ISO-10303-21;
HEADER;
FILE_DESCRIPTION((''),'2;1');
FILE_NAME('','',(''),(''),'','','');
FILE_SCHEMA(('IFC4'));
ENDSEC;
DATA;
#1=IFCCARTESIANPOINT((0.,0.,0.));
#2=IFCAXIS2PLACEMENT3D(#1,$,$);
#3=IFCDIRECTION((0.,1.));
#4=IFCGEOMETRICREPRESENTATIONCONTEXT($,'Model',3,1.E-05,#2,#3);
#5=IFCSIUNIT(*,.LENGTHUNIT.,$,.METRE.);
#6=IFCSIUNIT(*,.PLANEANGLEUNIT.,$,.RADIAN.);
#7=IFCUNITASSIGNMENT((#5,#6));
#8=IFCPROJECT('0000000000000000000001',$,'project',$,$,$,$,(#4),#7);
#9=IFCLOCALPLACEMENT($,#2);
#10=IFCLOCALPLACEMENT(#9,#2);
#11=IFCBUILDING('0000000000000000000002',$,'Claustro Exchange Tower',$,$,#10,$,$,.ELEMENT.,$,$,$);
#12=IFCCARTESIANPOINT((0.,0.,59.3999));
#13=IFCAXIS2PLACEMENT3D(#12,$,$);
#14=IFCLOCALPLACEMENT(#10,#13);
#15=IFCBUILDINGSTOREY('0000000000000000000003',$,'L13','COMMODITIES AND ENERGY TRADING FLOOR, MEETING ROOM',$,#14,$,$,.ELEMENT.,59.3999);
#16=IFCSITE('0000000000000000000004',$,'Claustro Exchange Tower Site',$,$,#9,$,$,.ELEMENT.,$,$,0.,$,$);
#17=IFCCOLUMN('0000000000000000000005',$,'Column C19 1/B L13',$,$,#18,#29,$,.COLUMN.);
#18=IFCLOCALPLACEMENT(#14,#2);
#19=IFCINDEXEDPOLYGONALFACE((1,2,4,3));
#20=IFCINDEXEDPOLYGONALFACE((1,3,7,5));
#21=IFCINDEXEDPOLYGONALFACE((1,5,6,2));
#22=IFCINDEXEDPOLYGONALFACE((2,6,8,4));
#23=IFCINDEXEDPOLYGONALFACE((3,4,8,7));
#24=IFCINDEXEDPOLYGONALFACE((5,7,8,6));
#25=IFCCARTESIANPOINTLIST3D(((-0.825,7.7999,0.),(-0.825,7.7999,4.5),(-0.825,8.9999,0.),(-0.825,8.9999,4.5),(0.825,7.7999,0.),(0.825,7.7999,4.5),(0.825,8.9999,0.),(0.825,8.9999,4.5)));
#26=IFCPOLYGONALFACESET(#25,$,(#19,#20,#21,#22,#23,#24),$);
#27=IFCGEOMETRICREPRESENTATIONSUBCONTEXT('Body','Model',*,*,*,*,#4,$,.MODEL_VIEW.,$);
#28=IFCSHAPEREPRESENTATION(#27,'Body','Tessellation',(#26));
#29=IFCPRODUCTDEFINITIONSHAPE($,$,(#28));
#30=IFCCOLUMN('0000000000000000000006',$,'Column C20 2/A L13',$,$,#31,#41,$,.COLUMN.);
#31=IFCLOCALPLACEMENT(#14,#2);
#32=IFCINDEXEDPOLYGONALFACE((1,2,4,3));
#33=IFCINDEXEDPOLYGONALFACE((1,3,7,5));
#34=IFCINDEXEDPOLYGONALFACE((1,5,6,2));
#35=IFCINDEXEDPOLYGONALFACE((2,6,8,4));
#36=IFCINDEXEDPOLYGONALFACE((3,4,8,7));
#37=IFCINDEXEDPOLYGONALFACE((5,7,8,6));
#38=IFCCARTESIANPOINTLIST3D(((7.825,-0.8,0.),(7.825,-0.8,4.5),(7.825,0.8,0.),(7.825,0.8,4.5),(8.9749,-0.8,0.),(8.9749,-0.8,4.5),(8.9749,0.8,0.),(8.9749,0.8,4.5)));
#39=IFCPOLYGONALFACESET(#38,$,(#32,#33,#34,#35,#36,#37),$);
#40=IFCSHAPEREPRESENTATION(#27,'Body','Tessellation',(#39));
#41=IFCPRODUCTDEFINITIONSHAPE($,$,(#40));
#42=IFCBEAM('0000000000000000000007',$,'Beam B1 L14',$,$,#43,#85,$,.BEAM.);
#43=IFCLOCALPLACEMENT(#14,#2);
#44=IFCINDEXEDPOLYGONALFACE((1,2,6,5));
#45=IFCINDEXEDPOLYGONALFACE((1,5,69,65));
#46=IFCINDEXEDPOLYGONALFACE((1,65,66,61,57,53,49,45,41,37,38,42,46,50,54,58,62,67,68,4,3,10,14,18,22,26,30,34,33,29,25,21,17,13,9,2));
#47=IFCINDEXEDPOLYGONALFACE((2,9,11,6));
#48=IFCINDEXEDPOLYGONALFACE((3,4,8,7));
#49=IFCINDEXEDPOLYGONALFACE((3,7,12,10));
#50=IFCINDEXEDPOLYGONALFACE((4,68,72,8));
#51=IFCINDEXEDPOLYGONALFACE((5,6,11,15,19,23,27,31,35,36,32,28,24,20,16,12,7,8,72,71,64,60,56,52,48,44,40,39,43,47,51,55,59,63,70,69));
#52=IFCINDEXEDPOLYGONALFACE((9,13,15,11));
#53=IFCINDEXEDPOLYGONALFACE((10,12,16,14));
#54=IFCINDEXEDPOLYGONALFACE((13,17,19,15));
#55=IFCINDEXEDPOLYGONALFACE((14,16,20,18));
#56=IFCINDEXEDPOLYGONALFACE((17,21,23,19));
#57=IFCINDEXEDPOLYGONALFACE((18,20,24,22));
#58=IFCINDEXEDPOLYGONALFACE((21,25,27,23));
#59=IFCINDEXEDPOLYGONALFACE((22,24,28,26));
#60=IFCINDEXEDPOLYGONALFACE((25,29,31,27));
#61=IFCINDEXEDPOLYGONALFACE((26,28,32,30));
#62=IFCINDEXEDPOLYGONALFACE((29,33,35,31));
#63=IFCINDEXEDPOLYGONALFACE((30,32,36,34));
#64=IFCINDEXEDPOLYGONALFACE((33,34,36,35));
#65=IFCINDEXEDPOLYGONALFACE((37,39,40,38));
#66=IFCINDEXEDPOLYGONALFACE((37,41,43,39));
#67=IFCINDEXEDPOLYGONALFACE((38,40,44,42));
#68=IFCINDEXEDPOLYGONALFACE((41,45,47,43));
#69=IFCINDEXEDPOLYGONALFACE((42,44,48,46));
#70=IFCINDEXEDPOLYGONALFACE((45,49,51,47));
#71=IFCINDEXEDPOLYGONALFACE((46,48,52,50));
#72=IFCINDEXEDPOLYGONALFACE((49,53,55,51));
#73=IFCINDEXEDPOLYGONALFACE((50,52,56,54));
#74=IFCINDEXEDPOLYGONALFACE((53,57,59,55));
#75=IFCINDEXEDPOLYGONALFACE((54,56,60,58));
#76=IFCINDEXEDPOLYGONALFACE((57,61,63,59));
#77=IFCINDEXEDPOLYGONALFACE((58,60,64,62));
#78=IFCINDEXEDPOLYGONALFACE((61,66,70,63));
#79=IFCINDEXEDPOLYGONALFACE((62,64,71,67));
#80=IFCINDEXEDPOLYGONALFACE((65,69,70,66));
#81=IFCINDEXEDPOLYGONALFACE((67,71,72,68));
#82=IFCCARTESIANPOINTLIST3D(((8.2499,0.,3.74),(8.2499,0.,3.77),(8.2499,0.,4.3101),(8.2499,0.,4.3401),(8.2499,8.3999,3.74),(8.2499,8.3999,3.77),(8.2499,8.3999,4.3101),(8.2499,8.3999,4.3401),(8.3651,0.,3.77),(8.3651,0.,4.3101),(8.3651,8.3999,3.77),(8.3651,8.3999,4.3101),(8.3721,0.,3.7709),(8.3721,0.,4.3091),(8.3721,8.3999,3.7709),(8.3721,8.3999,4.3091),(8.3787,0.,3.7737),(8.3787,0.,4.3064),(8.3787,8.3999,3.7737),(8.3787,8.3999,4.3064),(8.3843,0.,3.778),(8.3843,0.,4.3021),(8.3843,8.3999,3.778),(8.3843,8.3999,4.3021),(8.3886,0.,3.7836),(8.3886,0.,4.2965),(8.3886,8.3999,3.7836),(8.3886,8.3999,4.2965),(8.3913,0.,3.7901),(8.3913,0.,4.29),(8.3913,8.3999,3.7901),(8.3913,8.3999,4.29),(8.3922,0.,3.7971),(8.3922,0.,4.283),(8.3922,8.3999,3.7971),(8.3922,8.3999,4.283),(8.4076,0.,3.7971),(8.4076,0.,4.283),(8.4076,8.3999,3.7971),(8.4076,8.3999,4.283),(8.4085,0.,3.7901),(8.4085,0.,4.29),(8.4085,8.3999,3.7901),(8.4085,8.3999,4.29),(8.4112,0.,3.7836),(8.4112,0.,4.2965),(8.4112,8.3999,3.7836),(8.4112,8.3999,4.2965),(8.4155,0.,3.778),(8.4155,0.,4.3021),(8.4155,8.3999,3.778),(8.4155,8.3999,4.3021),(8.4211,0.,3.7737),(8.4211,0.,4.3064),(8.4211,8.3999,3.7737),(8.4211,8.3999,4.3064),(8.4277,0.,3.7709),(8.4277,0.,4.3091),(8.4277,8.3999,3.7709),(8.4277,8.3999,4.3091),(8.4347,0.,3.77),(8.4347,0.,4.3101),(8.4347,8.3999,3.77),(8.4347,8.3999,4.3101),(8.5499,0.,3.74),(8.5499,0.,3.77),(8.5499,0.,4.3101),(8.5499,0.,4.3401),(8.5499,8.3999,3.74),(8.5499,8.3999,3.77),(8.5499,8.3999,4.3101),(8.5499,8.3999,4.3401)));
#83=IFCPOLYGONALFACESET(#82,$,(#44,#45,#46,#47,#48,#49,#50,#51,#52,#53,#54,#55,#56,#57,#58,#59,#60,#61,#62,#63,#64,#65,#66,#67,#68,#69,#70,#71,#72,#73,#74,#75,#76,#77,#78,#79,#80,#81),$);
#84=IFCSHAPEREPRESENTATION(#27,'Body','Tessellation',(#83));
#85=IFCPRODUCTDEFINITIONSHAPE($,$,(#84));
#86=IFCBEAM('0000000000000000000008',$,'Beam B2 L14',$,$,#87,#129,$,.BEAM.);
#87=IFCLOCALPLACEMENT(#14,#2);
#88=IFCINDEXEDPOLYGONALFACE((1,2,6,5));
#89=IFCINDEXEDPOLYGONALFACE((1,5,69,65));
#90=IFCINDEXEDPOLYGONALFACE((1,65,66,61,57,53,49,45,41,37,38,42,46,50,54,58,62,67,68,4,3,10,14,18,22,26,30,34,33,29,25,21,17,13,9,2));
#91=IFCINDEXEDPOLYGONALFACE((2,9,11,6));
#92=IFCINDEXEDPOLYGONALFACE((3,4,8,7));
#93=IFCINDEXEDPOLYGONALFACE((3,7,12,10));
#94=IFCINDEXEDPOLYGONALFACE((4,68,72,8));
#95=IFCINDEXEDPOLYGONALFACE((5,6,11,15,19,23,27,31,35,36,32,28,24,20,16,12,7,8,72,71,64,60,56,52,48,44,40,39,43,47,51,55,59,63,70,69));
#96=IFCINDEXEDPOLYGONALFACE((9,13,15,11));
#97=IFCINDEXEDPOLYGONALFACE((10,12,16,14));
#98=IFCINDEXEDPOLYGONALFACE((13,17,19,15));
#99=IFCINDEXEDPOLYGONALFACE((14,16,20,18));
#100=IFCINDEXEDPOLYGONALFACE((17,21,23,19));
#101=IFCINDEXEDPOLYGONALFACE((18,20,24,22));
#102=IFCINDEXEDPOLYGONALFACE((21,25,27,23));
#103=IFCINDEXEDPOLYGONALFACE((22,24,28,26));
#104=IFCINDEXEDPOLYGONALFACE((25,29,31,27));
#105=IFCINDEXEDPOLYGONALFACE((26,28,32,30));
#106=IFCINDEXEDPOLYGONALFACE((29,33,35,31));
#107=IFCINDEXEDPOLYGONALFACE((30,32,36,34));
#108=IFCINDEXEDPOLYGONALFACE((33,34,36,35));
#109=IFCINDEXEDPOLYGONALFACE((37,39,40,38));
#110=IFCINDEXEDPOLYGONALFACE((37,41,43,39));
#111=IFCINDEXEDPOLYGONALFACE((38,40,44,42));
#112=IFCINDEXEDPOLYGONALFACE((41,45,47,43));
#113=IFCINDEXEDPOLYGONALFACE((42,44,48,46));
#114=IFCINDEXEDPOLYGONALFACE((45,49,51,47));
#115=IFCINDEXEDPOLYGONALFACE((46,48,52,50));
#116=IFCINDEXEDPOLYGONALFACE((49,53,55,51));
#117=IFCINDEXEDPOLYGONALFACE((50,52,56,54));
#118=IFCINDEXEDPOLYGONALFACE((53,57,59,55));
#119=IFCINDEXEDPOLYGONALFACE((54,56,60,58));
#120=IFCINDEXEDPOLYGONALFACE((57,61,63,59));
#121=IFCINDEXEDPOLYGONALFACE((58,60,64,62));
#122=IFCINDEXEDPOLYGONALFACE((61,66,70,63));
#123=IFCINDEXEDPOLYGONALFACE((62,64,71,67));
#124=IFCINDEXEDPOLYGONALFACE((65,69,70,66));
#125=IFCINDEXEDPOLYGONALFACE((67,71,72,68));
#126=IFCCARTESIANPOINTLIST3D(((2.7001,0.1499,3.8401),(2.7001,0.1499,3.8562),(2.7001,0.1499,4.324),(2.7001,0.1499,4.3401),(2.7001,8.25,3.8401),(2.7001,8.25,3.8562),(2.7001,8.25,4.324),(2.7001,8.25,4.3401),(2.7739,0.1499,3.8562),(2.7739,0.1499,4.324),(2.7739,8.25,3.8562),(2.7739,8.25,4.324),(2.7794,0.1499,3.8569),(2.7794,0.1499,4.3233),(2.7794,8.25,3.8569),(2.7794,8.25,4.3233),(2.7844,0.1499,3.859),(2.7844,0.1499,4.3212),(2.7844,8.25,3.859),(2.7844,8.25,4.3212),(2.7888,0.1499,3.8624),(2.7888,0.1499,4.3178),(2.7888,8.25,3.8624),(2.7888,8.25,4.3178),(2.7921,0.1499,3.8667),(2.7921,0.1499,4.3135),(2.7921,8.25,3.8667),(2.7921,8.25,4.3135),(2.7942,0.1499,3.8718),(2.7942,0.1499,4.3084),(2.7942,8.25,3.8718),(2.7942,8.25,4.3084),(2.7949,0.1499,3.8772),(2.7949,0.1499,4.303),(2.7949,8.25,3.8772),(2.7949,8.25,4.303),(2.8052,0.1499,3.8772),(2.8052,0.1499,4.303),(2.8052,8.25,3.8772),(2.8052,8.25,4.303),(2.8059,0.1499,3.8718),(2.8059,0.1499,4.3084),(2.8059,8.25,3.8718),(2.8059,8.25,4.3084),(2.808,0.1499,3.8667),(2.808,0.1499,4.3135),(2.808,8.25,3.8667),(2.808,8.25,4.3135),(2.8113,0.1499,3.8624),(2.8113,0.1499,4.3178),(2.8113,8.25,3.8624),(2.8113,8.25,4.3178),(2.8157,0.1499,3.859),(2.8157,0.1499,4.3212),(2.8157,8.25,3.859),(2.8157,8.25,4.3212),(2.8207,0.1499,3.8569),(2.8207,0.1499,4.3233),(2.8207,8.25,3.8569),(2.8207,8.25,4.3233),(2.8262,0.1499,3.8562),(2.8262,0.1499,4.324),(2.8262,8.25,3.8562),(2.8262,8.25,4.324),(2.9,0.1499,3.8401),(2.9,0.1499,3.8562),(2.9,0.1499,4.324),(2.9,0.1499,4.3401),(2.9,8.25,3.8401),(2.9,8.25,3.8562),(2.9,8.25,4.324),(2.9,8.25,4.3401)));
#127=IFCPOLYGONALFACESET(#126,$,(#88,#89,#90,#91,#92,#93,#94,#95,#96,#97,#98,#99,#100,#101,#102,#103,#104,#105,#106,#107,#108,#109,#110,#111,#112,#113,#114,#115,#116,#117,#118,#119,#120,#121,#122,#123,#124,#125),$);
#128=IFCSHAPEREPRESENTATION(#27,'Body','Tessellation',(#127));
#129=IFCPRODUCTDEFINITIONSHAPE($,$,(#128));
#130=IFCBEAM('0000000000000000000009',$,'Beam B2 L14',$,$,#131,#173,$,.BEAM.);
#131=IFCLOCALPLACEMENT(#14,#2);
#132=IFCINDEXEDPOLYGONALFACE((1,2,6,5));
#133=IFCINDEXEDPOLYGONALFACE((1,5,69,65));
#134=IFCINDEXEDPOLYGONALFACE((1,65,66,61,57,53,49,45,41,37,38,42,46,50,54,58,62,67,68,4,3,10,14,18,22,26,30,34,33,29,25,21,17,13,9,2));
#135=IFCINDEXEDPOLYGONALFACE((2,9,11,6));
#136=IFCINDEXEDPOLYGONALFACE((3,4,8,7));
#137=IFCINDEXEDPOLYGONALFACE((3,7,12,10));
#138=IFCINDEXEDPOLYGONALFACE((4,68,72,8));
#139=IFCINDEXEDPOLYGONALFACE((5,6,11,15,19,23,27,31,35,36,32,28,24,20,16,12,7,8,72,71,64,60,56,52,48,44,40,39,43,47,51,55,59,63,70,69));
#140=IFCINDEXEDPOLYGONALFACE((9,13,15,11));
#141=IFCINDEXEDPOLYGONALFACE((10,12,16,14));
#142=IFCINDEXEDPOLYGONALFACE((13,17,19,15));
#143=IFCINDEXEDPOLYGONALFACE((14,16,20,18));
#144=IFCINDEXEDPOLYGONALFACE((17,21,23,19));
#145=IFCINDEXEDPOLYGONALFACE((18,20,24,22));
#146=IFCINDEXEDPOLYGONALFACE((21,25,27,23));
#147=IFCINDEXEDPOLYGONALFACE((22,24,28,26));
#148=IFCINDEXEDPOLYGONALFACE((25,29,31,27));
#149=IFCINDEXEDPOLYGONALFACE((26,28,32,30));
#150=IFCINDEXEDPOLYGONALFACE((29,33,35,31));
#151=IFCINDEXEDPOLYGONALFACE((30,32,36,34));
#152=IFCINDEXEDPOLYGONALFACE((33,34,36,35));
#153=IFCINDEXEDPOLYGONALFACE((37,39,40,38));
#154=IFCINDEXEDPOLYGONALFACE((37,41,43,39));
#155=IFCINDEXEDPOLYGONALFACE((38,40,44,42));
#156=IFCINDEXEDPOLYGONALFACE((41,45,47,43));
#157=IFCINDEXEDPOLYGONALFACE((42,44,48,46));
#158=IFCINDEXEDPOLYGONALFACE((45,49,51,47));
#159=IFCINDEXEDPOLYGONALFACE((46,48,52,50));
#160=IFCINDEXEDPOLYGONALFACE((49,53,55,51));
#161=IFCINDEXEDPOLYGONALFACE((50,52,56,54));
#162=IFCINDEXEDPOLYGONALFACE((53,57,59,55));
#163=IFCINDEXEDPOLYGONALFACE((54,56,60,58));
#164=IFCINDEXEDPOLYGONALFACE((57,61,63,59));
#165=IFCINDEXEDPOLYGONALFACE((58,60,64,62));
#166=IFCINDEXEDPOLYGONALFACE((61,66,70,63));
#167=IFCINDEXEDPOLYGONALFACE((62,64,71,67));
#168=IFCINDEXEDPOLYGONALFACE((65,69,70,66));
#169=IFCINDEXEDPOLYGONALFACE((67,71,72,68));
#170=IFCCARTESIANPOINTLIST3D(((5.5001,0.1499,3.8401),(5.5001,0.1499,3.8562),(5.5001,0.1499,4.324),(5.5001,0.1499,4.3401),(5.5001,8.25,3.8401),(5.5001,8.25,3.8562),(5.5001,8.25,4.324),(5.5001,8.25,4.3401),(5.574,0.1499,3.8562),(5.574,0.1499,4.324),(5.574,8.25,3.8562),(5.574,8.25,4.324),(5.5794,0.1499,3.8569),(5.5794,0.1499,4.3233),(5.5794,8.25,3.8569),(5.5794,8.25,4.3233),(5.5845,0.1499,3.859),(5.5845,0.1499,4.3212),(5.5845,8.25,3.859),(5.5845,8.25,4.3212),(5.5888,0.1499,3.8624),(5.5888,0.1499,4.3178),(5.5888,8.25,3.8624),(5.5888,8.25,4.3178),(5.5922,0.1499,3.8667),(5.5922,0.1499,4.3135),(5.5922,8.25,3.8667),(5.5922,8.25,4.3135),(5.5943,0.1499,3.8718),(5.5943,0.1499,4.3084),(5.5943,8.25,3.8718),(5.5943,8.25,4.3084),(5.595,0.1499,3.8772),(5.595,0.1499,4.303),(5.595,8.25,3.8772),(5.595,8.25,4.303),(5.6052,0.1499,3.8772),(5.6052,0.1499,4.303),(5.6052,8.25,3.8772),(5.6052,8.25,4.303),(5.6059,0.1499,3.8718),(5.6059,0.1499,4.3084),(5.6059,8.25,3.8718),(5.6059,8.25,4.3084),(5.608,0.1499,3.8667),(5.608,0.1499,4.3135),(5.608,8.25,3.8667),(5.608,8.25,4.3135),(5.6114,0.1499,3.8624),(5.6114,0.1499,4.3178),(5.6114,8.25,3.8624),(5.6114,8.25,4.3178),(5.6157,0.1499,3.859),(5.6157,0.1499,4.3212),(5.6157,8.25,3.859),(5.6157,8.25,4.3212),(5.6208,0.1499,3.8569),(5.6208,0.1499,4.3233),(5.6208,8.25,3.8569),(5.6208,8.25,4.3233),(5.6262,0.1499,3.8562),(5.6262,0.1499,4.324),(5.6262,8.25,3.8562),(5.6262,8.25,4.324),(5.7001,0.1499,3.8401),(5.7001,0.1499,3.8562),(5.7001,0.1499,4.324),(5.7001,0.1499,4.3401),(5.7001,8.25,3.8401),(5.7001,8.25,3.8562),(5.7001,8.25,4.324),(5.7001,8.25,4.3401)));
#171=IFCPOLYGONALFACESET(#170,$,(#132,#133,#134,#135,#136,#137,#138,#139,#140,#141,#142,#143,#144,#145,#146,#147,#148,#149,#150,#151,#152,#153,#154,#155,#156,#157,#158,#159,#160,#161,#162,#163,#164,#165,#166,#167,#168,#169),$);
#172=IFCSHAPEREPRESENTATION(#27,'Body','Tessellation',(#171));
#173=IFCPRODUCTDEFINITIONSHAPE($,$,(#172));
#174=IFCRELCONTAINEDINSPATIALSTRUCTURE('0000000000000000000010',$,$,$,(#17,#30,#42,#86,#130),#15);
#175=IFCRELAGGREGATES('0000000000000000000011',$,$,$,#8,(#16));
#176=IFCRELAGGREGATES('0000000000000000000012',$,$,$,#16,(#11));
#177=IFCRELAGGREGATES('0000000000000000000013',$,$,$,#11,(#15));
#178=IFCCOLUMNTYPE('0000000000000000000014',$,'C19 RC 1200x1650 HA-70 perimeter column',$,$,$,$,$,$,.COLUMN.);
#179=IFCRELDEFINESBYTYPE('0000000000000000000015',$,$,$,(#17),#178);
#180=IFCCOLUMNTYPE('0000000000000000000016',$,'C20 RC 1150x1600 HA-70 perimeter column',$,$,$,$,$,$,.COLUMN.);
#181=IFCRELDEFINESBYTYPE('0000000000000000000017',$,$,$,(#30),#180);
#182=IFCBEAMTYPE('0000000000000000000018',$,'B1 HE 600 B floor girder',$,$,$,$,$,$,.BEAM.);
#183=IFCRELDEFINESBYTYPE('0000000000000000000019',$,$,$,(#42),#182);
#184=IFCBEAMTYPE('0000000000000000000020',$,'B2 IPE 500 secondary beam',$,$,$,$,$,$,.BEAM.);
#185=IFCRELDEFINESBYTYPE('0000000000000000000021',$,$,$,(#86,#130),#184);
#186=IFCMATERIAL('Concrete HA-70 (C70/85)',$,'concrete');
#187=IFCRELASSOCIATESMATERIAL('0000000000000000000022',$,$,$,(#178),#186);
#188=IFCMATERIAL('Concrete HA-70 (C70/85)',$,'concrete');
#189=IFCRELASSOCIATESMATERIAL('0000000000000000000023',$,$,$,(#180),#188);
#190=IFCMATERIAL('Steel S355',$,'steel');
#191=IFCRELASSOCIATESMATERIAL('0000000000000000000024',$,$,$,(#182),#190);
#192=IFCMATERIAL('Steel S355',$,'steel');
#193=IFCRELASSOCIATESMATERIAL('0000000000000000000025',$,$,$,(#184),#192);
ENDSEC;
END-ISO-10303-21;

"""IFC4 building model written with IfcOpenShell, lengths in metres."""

from ifc_helpers import new_model, si_unit, direction, frame, origin, origin_2d, place, context, subcontext, project, spatial, rectangle, i_section, extrude, material, material_profile, profile_set, type_object, element, save


model = new_model("IFC4")

# Units and contexts
model_context = context("Model", 3, precision=1e-05, world=origin(), true_north=direction((0.0, 1.0)))
body_context = subcontext(model_context, "Body", "Model", "MODEL_VIEW")
ifc_project = project(units=[si_unit("LENGTHUNIT", "METRE"), si_unit("PLANEANGLEUNIT", "RADIAN")], contexts=[model_context])

# Site, building, storey
site_placement = place(None, origin())
site = spatial("IfcSite", under=ifc_project, at=site_placement, Name="Claustro Exchange Tower Site", CompositionType="ELEMENT", RefElevation=0.0)
building_placement = place(site_placement, origin())
building = spatial("IfcBuilding", under=site, at=building_placement, Name="Claustro Exchange Tower", CompositionType="ELEMENT")
storey_placement = place(building_placement, frame((0.0, 0.0, 59.3999)))
storey = spatial("IfcBuildingStorey", under=building, at=storey_placement, Name="L13", Description="COMMODITIES AND ENERGY TRADING FLOOR, MEETING ROOM", CompositionType="ELEMENT", Elevation=59.3999)

# Columns
ifc_material_1 = material(Name="Concrete HA-70 (C70/85)", Category="concrete")
ifc_material_profile_1 = material_profile(ifc_material_1, rectangle(XDim=1.2, YDim=1.6499, at=origin_2d()), Name="RC 1200x1650")
ifc_profile_set_1 = profile_set([ifc_material_profile_1], Name="Concrete HA-70 (C70/85)")
column_type_1 = type_object("IfcColumnType", Name="C19 RC 1200x1650 HA-70 perimeter column", PredefinedType="COLUMN", material=ifc_profile_set_1)
column_1_placement = place(storey_placement, frame((0.0, 8.3999, 0.0), z_axis=(0.0, 0.0, 1.0), x_axis=(0.0, 1.0, 0.0)))
element("IfcColumn", 1, at=column_1_placement, inside=storey, type_object=column_type_1, Name="Column C19 1/B L13", PredefinedType="COLUMN", context=body_context, shape_type="SweptSolid", body=[
    extrude(rectangle(XDim=1.2, YDim=1.6499, at=origin_2d()), origin(), (0.0, 0.0, 1.0), 4.5),
])
ifc_material_2 = material(Name="Concrete HA-70 (C70/85)", Category="concrete")
ifc_material_profile_2 = material_profile(ifc_material_2, rectangle(XDim=1.1499, YDim=1.6001, at=origin_2d()), Name="RC 1150x1600")
ifc_profile_set_2 = profile_set([ifc_material_profile_2], Name="Concrete HA-70 (C70/85)")
column_type_2 = type_object("IfcColumnType", Name="C20 RC 1150x1600 HA-70 perimeter column", PredefinedType="COLUMN", material=ifc_profile_set_2)
column_2_placement = place(storey_placement, frame((8.3999, 0.0, 0.0), z_axis=(0.0, 0.0, 1.0), x_axis=(1.0, 0.0, 0.0)))
element("IfcColumn", 2, at=column_2_placement, inside=storey, type_object=column_type_2, Name="Column C20 2/A L13", PredefinedType="COLUMN", context=body_context, shape_type="SweptSolid", body=[
    extrude(rectangle(XDim=1.1499, YDim=1.6001, at=origin_2d()), origin(), (0.0, 0.0, 1.0), 4.5),
])

# Beams
ifc_material_3 = material(Name="Steel S355", Category="steel")
ifc_material_profile_3 = material_profile(ifc_material_3, i_section(OverallWidth=0.3, OverallDepth=0.6001, WebThickness=0.0154, FlangeThickness=0.03, FilletRadius=0.0271, at=origin_2d()), Name="HE 600 B")
ifc_profile_set_3 = profile_set([ifc_material_profile_3], Name="Steel S355")
beam_type_1 = type_object("IfcBeamType", Name="B1 HE 600 B floor girder", PredefinedType="BEAM", material=ifc_profile_set_3)
beam_1_placement = place(storey_placement, frame((8.3999, 0.0, 4.04), z_axis=(0.0, 1.0, 0.0), x_axis=(-1.0, 0.0, 0.0)))
element("IfcBeam", 3, at=beam_1_placement, inside=storey, type_object=beam_type_1, Name="Beam B1 L14", PredefinedType="BEAM", context=body_context, shape_type="SweptSolid", body=[
    extrude(i_section(OverallWidth=0.3, OverallDepth=0.6001, WebThickness=0.0154, FlangeThickness=0.03, FilletRadius=0.0271, at=origin_2d()), origin(), (0.0, 0.0, 1.0), 8.3999),
])
ifc_material_4 = material(Name="Steel S355", Category="steel")
ifc_material_profile_4 = material_profile(ifc_material_4, i_section(OverallWidth=0.2, OverallDepth=0.5, WebThickness=0.0103, FlangeThickness=0.0161, FilletRadius=0.021, at=origin_2d()), Name="IPE 500")
ifc_profile_set_4 = profile_set([ifc_material_profile_4], Name="Steel S355")
beam_type_2 = type_object("IfcBeamType", Name="B2 IPE 500 secondary beam", PredefinedType="BEAM", material=ifc_profile_set_4)
for number, where, z_axis, x_axis, name in (
    (4, (2.8, 0.1499, 4.0901), (0.0, 1.0, 0.0), (-1.0, 0.0, 0.0), "Beam B2 L14"),
    (5, (5.6001, 0.1499, 4.0901), (0.0, 1.0, 0.0), (-1.0, 0.0, 0.0), "Beam B2 L14"),
):
    element("IfcBeam", number, at=place(storey_placement, frame(where, z_axis=z_axis, x_axis=x_axis)), inside=storey, type_object=beam_type_2, Name=name, PredefinedType="BEAM", context=body_context, shape_type="SweptSolid", body=[
        extrude(i_section(OverallWidth=0.2, OverallDepth=0.5, WebThickness=0.0103, FlangeThickness=0.0161, FilletRadius=0.021, at=origin_2d()), origin(), (0.0, 0.0, 1.0), 8.1001),
    ])

save(model, "model.ifc")
